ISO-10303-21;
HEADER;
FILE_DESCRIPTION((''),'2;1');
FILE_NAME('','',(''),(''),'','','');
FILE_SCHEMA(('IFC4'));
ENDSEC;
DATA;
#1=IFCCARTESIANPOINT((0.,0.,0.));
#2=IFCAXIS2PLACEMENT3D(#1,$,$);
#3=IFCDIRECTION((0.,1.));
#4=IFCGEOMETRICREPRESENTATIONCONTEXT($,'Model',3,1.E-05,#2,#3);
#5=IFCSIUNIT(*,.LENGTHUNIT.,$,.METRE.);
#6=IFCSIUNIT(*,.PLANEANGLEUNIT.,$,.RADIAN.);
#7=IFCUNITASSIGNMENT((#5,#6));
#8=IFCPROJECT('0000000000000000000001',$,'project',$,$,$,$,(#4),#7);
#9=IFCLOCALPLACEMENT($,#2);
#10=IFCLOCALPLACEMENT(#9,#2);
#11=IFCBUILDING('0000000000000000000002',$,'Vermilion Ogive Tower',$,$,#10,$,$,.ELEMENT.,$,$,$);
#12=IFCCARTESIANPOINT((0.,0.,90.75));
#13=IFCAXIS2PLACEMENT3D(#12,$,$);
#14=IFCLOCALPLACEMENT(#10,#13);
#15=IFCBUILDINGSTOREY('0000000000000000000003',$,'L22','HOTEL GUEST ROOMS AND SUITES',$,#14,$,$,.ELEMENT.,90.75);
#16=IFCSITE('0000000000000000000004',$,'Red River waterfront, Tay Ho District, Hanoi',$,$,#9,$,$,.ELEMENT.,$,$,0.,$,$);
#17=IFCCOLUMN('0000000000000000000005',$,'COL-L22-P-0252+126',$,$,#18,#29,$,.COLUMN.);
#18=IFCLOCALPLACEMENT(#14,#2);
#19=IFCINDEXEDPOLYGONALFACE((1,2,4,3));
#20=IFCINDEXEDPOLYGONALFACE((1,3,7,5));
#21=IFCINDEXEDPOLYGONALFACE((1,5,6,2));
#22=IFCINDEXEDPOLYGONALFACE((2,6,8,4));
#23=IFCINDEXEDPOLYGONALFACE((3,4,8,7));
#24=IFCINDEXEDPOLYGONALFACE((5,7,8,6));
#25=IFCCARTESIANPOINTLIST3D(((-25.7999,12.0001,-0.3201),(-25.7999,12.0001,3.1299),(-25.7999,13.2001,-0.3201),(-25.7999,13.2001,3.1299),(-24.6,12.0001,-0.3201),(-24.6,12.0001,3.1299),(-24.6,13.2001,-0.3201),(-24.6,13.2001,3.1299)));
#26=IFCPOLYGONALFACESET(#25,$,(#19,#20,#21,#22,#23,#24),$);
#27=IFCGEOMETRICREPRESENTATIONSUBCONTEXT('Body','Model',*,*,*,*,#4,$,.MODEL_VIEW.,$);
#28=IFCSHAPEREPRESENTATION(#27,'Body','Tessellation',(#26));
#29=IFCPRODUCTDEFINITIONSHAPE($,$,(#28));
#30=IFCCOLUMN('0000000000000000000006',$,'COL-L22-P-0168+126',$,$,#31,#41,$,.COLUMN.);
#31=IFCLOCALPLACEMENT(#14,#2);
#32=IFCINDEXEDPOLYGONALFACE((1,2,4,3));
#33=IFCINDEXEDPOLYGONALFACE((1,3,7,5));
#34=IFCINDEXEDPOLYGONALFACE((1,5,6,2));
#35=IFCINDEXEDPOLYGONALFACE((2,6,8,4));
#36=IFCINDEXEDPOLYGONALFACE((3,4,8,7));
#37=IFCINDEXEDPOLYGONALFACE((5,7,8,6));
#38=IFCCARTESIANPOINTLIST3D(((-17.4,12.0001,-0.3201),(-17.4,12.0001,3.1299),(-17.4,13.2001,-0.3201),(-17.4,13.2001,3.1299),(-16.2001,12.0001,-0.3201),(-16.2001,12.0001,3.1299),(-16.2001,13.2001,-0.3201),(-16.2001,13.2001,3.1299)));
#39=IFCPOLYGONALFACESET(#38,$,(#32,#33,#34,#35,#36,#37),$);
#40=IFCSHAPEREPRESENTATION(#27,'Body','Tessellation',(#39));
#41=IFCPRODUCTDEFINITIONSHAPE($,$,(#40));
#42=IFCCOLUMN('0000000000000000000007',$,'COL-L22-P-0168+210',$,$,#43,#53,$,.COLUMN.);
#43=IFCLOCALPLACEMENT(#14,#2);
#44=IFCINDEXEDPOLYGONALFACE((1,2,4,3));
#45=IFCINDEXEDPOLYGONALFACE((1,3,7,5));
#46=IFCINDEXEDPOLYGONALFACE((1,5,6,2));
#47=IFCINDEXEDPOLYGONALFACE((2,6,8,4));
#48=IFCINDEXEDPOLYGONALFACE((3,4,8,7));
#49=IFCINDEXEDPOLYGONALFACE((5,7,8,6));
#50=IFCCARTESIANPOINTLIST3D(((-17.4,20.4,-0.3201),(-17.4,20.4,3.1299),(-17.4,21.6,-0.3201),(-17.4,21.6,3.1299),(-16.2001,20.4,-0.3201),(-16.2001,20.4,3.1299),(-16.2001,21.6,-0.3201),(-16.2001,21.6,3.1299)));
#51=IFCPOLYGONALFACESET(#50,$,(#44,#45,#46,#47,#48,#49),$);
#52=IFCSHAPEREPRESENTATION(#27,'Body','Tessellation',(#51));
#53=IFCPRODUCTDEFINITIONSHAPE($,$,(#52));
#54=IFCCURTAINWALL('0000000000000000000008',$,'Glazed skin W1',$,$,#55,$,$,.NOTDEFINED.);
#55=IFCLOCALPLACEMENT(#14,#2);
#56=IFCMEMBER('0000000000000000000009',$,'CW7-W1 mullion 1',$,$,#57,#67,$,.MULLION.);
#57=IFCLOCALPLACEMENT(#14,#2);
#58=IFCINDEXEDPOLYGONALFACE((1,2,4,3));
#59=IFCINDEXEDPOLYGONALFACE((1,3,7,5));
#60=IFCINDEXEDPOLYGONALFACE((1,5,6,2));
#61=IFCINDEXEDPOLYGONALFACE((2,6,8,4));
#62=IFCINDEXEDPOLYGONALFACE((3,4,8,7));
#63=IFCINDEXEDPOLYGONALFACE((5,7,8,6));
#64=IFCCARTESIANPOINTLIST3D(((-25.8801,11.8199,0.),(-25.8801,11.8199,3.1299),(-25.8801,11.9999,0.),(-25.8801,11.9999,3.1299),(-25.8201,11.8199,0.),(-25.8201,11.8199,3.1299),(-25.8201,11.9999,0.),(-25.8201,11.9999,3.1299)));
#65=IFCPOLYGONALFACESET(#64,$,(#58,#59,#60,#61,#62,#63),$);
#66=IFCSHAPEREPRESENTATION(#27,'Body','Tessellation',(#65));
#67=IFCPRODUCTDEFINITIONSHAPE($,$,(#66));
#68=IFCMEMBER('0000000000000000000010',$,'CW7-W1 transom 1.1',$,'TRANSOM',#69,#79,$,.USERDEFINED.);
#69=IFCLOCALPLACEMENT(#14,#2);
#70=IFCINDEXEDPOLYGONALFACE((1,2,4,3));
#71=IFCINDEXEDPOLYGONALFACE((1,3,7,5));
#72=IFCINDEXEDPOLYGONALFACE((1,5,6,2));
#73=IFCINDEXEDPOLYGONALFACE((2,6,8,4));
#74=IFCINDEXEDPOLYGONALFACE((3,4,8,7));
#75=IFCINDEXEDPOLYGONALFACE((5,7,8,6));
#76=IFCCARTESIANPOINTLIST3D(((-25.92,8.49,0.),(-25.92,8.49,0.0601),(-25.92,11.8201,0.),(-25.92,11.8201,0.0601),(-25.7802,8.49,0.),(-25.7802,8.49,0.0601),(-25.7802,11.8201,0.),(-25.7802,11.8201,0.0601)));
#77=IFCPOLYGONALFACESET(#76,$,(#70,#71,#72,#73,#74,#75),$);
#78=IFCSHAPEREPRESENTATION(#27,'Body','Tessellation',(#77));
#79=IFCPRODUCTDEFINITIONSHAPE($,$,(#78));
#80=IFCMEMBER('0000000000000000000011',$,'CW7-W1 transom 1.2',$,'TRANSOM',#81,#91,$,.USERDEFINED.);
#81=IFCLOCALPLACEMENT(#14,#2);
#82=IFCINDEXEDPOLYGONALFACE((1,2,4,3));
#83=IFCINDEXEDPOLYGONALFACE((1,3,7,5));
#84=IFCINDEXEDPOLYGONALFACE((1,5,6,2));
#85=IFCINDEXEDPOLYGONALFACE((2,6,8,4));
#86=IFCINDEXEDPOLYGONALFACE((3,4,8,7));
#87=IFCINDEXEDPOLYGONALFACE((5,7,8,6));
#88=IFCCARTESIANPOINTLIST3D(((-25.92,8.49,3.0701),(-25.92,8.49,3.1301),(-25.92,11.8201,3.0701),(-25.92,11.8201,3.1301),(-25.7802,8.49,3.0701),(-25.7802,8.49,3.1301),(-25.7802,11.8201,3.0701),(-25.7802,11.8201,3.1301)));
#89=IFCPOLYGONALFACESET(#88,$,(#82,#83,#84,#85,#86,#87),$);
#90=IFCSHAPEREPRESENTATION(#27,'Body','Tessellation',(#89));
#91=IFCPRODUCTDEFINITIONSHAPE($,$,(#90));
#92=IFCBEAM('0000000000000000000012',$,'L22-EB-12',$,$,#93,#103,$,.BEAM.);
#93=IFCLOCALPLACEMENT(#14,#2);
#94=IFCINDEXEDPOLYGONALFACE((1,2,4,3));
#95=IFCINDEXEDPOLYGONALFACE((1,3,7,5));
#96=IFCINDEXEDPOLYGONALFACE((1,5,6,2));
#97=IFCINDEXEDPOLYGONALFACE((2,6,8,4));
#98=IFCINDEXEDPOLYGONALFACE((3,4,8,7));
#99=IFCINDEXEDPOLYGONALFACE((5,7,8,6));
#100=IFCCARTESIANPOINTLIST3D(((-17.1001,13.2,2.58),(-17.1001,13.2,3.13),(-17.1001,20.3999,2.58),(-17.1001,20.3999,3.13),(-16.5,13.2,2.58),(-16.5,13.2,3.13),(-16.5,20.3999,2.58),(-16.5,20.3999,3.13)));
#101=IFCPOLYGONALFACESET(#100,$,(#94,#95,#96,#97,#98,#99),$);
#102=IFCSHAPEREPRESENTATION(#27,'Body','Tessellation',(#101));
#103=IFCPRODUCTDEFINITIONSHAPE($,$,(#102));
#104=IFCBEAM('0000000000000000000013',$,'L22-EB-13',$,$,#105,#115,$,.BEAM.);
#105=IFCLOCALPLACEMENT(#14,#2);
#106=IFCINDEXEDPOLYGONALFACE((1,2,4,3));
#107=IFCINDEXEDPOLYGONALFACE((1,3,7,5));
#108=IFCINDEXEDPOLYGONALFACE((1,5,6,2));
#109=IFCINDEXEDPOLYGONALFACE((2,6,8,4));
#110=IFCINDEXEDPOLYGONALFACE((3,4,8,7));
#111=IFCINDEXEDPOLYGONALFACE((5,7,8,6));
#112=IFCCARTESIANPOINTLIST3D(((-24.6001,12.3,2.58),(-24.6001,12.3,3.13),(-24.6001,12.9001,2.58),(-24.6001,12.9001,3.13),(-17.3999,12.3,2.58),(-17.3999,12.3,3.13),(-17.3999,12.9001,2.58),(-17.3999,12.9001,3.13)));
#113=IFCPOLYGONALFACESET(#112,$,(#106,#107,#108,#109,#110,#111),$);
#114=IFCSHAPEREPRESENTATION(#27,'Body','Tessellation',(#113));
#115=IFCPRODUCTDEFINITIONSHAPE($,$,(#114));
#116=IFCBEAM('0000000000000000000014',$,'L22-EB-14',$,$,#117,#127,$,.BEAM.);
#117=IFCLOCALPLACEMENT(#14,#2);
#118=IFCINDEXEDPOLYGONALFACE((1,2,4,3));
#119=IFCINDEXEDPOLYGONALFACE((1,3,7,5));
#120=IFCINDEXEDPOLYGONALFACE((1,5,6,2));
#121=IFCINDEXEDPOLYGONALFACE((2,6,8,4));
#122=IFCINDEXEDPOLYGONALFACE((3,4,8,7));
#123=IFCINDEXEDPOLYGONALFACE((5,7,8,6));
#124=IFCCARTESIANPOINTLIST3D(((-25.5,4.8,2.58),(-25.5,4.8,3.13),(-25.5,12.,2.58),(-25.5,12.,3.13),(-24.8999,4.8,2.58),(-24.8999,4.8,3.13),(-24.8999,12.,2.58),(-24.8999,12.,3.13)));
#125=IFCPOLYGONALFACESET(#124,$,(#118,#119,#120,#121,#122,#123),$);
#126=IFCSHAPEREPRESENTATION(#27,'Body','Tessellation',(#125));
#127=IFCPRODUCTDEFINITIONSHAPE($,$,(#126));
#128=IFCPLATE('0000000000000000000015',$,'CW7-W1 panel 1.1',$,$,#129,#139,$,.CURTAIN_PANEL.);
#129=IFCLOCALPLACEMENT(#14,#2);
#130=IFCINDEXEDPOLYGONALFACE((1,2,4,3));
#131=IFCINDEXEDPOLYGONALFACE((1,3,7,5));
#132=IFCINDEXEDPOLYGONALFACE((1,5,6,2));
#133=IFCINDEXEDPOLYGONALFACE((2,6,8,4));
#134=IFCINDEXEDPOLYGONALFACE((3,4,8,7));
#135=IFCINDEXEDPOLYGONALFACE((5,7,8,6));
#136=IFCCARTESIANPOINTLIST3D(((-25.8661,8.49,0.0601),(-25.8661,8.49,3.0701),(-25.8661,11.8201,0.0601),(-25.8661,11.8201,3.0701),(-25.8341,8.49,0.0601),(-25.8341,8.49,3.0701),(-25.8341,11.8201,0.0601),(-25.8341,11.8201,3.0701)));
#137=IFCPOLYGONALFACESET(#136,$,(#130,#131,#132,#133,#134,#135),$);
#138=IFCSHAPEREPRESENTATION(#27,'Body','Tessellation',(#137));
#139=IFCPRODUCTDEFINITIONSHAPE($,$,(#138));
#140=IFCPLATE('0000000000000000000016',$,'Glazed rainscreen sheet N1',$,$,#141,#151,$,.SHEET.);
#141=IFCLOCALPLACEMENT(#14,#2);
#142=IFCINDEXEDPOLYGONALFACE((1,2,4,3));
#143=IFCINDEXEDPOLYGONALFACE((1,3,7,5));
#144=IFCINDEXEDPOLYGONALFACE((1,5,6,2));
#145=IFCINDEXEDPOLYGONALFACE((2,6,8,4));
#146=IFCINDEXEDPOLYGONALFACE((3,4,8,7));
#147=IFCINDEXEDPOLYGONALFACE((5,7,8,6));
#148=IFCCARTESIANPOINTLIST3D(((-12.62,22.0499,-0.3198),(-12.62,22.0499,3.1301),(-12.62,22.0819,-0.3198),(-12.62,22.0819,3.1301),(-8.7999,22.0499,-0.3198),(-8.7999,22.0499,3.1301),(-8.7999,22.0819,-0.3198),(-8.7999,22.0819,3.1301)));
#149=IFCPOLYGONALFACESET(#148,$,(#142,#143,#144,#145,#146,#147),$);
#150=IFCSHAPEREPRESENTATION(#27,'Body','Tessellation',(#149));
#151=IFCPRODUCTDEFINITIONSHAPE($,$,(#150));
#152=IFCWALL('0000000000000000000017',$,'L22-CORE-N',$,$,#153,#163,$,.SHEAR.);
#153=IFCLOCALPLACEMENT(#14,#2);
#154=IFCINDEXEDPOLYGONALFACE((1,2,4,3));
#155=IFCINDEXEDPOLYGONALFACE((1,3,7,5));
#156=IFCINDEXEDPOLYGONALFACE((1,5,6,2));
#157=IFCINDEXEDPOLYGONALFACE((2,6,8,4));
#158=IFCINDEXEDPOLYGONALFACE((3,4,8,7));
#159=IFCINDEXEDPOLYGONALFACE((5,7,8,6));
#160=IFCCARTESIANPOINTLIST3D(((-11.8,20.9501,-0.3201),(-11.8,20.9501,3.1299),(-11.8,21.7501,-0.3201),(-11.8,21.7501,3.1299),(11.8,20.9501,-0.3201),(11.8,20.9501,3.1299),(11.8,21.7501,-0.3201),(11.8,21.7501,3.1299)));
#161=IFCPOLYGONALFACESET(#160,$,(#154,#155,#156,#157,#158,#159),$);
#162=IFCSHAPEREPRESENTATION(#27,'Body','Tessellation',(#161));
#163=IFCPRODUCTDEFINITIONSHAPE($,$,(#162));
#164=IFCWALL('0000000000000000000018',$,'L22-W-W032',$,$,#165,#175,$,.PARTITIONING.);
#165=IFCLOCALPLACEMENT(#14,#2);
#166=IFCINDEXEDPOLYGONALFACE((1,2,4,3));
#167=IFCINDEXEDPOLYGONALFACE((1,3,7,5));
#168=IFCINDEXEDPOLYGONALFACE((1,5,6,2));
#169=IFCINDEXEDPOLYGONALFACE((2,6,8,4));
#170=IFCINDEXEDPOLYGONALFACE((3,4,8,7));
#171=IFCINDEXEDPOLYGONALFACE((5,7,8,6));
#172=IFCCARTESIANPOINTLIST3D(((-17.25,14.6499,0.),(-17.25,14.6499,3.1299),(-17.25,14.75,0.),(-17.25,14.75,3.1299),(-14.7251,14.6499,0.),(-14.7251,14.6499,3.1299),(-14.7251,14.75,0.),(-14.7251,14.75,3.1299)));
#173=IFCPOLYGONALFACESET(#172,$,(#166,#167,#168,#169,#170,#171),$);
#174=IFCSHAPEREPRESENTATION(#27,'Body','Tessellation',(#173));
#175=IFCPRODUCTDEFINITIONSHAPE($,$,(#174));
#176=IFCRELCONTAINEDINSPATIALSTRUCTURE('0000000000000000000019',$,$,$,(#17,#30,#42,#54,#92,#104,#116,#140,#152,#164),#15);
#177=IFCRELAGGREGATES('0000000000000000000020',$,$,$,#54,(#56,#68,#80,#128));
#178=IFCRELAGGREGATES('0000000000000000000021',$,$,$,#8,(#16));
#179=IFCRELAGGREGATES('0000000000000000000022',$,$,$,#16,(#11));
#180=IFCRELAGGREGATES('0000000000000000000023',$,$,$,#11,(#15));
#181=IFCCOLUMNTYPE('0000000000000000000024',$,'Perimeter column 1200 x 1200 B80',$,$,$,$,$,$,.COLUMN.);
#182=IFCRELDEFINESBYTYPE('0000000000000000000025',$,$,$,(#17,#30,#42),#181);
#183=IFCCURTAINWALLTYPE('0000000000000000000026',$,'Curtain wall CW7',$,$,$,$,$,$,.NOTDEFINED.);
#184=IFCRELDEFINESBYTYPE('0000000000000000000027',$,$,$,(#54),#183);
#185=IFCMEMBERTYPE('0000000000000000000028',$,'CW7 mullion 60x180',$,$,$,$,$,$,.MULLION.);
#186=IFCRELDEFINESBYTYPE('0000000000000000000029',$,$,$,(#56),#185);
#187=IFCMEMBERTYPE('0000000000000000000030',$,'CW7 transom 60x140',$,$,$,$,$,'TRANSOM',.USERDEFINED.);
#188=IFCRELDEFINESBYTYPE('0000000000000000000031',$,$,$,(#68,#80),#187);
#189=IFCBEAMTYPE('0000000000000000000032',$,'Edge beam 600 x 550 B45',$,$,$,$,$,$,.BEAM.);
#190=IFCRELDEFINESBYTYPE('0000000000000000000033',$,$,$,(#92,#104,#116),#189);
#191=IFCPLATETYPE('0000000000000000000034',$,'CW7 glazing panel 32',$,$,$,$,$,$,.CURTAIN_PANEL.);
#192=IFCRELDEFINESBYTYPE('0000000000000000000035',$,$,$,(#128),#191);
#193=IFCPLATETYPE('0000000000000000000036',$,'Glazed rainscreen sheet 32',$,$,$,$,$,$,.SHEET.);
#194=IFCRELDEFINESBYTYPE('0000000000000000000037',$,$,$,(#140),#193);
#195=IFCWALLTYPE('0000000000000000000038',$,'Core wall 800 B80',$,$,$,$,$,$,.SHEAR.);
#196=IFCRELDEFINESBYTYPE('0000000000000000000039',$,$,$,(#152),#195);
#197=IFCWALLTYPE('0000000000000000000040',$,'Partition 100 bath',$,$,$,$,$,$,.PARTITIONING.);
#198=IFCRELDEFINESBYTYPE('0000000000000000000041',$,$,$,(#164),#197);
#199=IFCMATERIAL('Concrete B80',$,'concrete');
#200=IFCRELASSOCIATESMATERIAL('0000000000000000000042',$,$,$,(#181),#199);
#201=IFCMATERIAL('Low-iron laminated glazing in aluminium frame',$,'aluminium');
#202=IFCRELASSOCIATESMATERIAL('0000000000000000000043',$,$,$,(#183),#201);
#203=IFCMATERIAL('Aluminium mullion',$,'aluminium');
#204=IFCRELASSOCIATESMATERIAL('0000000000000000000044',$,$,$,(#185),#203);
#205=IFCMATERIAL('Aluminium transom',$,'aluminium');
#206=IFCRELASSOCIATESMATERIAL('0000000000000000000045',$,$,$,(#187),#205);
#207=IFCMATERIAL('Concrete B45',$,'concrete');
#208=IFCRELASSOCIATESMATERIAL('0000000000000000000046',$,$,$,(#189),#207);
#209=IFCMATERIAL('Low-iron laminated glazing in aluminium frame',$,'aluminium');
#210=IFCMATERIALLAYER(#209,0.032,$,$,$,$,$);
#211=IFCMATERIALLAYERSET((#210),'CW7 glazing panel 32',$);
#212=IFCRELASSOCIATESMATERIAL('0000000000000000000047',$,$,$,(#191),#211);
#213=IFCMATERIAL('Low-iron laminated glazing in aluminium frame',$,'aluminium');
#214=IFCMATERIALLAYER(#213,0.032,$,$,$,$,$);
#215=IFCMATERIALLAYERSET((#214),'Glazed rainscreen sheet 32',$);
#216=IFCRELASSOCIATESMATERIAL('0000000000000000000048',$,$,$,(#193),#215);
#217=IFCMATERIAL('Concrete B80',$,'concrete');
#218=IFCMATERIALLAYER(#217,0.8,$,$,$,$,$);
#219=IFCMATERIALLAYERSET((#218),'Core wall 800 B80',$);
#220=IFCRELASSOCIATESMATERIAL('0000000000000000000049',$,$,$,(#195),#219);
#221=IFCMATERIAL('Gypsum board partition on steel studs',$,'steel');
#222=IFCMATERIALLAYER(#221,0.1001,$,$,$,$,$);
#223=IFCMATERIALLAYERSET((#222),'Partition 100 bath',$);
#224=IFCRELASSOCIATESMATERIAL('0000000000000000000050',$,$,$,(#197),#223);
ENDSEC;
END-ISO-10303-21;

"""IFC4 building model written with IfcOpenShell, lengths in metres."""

from ifc_helpers import new_model, si_unit, direction, frame, frame_2d, origin, origin_2d, place, context, subcontext, project, spatial, rectangle, extrude, material, layer, layer_set, material_profile, profile_set, type_object, element, aggregate, save


model = new_model("IFC4")

# Units and contexts
model_context = context("Model", 3, precision=1e-05, world=origin(), true_north=direction((0.0, 1.0)))
body_context = subcontext(model_context, "Body", "Model", "MODEL_VIEW")
ifc_project = project(units=[si_unit("LENGTHUNIT", "METRE"), si_unit("PLANEANGLEUNIT", "RADIAN")], contexts=[model_context])

# Site, building, storey
site_placement = place(None, origin())
site = spatial("IfcSite", under=ifc_project, at=site_placement, Name="Red River waterfront, Tay Ho District, Hanoi", CompositionType="ELEMENT", RefElevation=0.0)
building_placement = place(site_placement, origin())
building = spatial("IfcBuilding", under=site, at=building_placement, Name="Vermilion Ogive Tower", CompositionType="ELEMENT")
storey_placement = place(building_placement, frame((0.0, 0.0, 90.75)))
storey = spatial("IfcBuildingStorey", under=building, at=storey_placement, Name="L22", Description="HOTEL GUEST ROOMS AND SUITES", CompositionType="ELEMENT", Elevation=90.75)

# Columns
ifc_material_1 = material(Name="Concrete B80", Category="concrete")
ifc_material_profile_1 = material_profile(ifc_material_1, rectangle(XDim=1.2, YDim=1.2, at=origin_2d()), Name="1200 x 1200")
ifc_profile_set_1 = profile_set([ifc_material_profile_1], Name="Concrete B80")
column_type = type_object("IfcColumnType", Name="Perimeter column 1200 x 1200 B80", PredefinedType="COLUMN", material=ifc_profile_set_1)
for number, where, z_axis, x_axis, name in (
    (1, (-25.2, 12.6001, -0.3201), (0.0, 0.0, 1.0), (1.0, 0.0, 0.0), "COL-L22-P-0252+126"),
    (2, (-16.8, 12.6001, -0.3201), (0.0, 0.0, 1.0), (1.0, 0.0, 0.0), "COL-L22-P-0168+126"),
    (3, (-16.8, 21.0, -0.3201), (0.0, 0.0, 1.0), (1.0, 0.0, 0.0), "COL-L22-P-0168+210"),
):
    element("IfcColumn", number, at=place(storey_placement, frame(where, z_axis=z_axis, x_axis=x_axis)), inside=storey, type_object=column_type, Name=name, PredefinedType="COLUMN", context=body_context, shape_type="SweptSolid", body=[
        extrude(rectangle(XDim=1.2, YDim=1.2, at=origin_2d()), origin(), (0.0, 0.0, 1.0), 3.45),
    ])

# Curtain wall, members
ifc_material_2 = material(Name="Low-iron laminated glazing in aluminium frame", Category="aluminium")
curtain_wall_type = type_object("IfcCurtainWallType", Name="Curtain wall CW7", PredefinedType="NOTDEFINED", material=ifc_material_2)
curtain_wall_placement = place(storey_placement, origin())
curtain_wall = element("IfcCurtainWall", 4, at=curtain_wall_placement, inside=storey, type_object=curtain_wall_type, Name="Glazed skin W1", PredefinedType="NOTDEFINED")
ifc_material_3 = material(Name="Aluminium mullion", Category="aluminium")
ifc_material_profile_2 = material_profile(ifc_material_3, rectangle(XDim=0.0601, YDim=0.1799, at=origin_2d()), Name="AL 60x180")
ifc_profile_set_2 = profile_set([ifc_material_profile_2], Name="Aluminium mullion")
member_type_1 = type_object("IfcMemberType", Name="CW7 mullion 60x180", PredefinedType="MULLION", material=ifc_profile_set_2)
member_1_placement = place(storey_placement, frame((-25.8501, 11.9099, 0.0), z_axis=(0.0, 0.0, 1.0), x_axis=(1.0, 0.0, 0.0)))
member_1 = element("IfcMember", 5, at=member_1_placement, type_object=member_type_1, Name="CW7-W1 mullion 1", PredefinedType="MULLION", context=body_context, shape_type="SweptSolid", body=[
    extrude(rectangle(XDim=0.0601, YDim=0.1799, at=origin_2d()), origin(), (0.0, 0.0, 1.0), 3.1299),
])
ifc_material_4 = material(Name="Aluminium transom", Category="aluminium")
ifc_material_profile_3 = material_profile(ifc_material_4, rectangle(XDim=0.1399, YDim=0.0601, at=origin_2d()), Name="AL 60x140")
ifc_profile_set_3 = profile_set([ifc_material_profile_3], Name="Aluminium transom")
member_type_2 = type_object("IfcMemberType", Name="CW7 transom 60x140", ElementType="TRANSOM", PredefinedType="USERDEFINED", material=ifc_profile_set_3)
member_2_placement = place(storey_placement, frame((-25.8501, 11.8201, 0.03), z_axis=(0.0, -1.0, 0.0), x_axis=(1.0, 0.0, 0.0)))
member_2 = element("IfcMember", 6, at=member_2_placement, type_object=member_type_2, Name="CW7-W1 transom 1.1", ObjectType="TRANSOM", PredefinedType="USERDEFINED", context=body_context, shape_type="SweptSolid", body=[
    extrude(rectangle(XDim=0.1399, YDim=0.0601, at=origin_2d()), origin(), (0.0, 0.0, 1.0), 3.3301),
])
member_3_placement = place(storey_placement, frame((-25.8501, 11.8201, 3.1001), z_axis=(0.0, -1.0, 0.0), x_axis=(1.0, 0.0, 0.0)))
member_3 = element("IfcMember", 7, at=member_3_placement, type_object=member_type_2, Name="CW7-W1 transom 1.2", ObjectType="TRANSOM", PredefinedType="USERDEFINED", context=body_context, shape_type="SweptSolid", body=[
    extrude(rectangle(XDim=0.1399, YDim=0.0601, at=origin_2d()), origin(), (0.0, 0.0, 1.0), 3.3301),
])

# Beams
ifc_material_5 = material(Name="Concrete B45", Category="concrete")
ifc_material_profile_4 = material_profile(ifc_material_5, rectangle(XDim=0.6001, YDim=0.55, at=origin_2d()), Name="600 x 550")
ifc_profile_set_4 = profile_set([ifc_material_profile_4], Name="Concrete B45")
beam_type = type_object("IfcBeamType", Name="Edge beam 600 x 550 B45", PredefinedType="BEAM", material=ifc_profile_set_4)
beam_1_placement = place(storey_placement, frame((-16.8, 20.3999, 2.855), z_axis=(0.0, -1.0, 0.0), x_axis=(1.0, 0.0, 0.0)))
element("IfcBeam", 8, at=beam_1_placement, inside=storey, type_object=beam_type, Name="L22-EB-12", PredefinedType="BEAM", context=body_context, shape_type="SweptSolid", body=[
    extrude(rectangle(XDim=0.6001, YDim=0.55, at=origin_2d()), origin(), (0.0, 0.0, 1.0), 7.2),
])
beam_2_placement = place(storey_placement, frame((-17.3999, 12.6001, 2.855), z_axis=(-1.0, 0.0, 0.0), x_axis=(0.0, -1.0, 0.0)))
element("IfcBeam", 9, at=beam_2_placement, inside=storey, type_object=beam_type, Name="L22-EB-13", PredefinedType="BEAM", context=body_context, shape_type="SweptSolid", body=[
    extrude(rectangle(XDim=0.6001, YDim=0.55, at=origin_2d()), origin(), (0.0, 0.0, 1.0), 7.2002),
])
beam_3_placement = place(storey_placement, frame((-25.2, 12.0, 2.855), z_axis=(0.0, -1.0, 0.0), x_axis=(1.0, 0.0, 0.0)))
element("IfcBeam", 10, at=beam_3_placement, inside=storey, type_object=beam_type, Name="L22-EB-14", PredefinedType="BEAM", context=body_context, shape_type="SweptSolid", body=[
    extrude(rectangle(XDim=0.6001, YDim=0.55, at=origin_2d()), origin(), (0.0, 0.0, 1.0), 7.2),
])

# Plates
ifc_material_6 = material(Name="Low-iron laminated glazing in aluminium frame", Category="aluminium")
ifc_layer_1 = layer(ifc_material_6, 0.032)
ifc_layer_set_1 = layer_set([ifc_layer_1], Name="CW7 glazing panel 32")
plate_type_1 = type_object("IfcPlateType", Name="CW7 glazing panel 32", PredefinedType="CURTAIN_PANEL", material=ifc_layer_set_1)
plate_1_placement = place(storey_placement, frame((-25.8501, 10.155, 0.0601), z_axis=(0.0, 0.0, 1.0), x_axis=(0.0, -1.0, 0.0)))
plate_1 = element("IfcPlate", 11, at=plate_1_placement, type_object=plate_type_1, Name="CW7-W1 panel 1.1", PredefinedType="CURTAIN_PANEL", context=body_context, shape_type="SweptSolid", body=[
    extrude(rectangle(XDim=3.3301, YDim=0.032, at=origin_2d()), origin(), (0.0, 0.0, 1.0), 3.01),
])
aggregate(curtain_wall, [member_1, member_2, member_3, plate_1])
ifc_material_7 = material(Name="Low-iron laminated glazing in aluminium frame", Category="aluminium")
ifc_layer_2 = layer(ifc_material_7, 0.032)
ifc_layer_set_2 = layer_set([ifc_layer_2], Name="Glazed rainscreen sheet 32")
plate_type_2 = type_object("IfcPlateType", Name="Glazed rainscreen sheet 32", PredefinedType="SHEET", material=ifc_layer_set_2)
plate_2_placement = place(storey_placement, frame((-10.71, 22.0659, -0.3198), z_axis=(0.0, 0.0, 1.0), x_axis=(1.0, 0.0, 0.0)))
element("IfcPlate", 12, at=plate_2_placement, inside=storey, type_object=plate_type_2, Name="Glazed rainscreen sheet N1", PredefinedType="SHEET", context=body_context, shape_type="SweptSolid", body=[
    extrude(rectangle(XDim=3.8201, YDim=0.032, at=origin_2d()), origin(), (0.0, 0.0, 1.0), 3.45),
])

# Walls
ifc_material_8 = material(Name="Concrete B80", Category="concrete")
ifc_layer_3 = layer(ifc_material_8, 0.8)
ifc_layer_set_3 = layer_set([ifc_layer_3], Name="Core wall 800 B80")
wall_type_1 = type_object("IfcWallType", Name="Core wall 800 B80", PredefinedType="SHEAR", material=ifc_layer_set_3)
wall_1_placement = place(storey_placement, frame((-11.8, 21.3501, -0.3201), z_axis=(0.0, 0.0, 1.0), x_axis=(1.0, 0.0, 0.0)))
element("IfcWall", 13, at=wall_1_placement, inside=storey, type_object=wall_type_1, Name="L22-CORE-N", PredefinedType="SHEAR", context=body_context, shape_type="SweptSolid", body=[
    extrude(rectangle(XDim=23.6001, YDim=0.8, at=frame_2d((11.8, 0.0))), origin(), (0.0, 0.0, 1.0), 3.45),
])
ifc_material_9 = material(Name="Gypsum board partition on steel studs", Category="steel")
ifc_layer_4 = layer(ifc_material_9, 0.1001)
ifc_layer_set_4 = layer_set([ifc_layer_4], Name="Partition 100 bath")
wall_type_2 = type_object("IfcWallType", Name="Partition 100 bath", PredefinedType="PARTITIONING", material=ifc_layer_set_4)
wall_2_placement = place(storey_placement, frame((-17.25, 14.7, 0.0), z_axis=(0.0, 0.0, 1.0), x_axis=(1.0, 0.0, 0.0)))
element("IfcWall", 14, at=wall_2_placement, inside=storey, type_object=wall_type_2, Name="L22-W-W032", PredefinedType="PARTITIONING", context=body_context, shape_type="SweptSolid", body=[
    extrude(rectangle(XDim=2.5249, YDim=0.1001, at=frame_2d((1.2625, 0.0))), origin(), (0.0, 0.0, 1.0), 3.1299),
])

save(model, "model.ifc")
